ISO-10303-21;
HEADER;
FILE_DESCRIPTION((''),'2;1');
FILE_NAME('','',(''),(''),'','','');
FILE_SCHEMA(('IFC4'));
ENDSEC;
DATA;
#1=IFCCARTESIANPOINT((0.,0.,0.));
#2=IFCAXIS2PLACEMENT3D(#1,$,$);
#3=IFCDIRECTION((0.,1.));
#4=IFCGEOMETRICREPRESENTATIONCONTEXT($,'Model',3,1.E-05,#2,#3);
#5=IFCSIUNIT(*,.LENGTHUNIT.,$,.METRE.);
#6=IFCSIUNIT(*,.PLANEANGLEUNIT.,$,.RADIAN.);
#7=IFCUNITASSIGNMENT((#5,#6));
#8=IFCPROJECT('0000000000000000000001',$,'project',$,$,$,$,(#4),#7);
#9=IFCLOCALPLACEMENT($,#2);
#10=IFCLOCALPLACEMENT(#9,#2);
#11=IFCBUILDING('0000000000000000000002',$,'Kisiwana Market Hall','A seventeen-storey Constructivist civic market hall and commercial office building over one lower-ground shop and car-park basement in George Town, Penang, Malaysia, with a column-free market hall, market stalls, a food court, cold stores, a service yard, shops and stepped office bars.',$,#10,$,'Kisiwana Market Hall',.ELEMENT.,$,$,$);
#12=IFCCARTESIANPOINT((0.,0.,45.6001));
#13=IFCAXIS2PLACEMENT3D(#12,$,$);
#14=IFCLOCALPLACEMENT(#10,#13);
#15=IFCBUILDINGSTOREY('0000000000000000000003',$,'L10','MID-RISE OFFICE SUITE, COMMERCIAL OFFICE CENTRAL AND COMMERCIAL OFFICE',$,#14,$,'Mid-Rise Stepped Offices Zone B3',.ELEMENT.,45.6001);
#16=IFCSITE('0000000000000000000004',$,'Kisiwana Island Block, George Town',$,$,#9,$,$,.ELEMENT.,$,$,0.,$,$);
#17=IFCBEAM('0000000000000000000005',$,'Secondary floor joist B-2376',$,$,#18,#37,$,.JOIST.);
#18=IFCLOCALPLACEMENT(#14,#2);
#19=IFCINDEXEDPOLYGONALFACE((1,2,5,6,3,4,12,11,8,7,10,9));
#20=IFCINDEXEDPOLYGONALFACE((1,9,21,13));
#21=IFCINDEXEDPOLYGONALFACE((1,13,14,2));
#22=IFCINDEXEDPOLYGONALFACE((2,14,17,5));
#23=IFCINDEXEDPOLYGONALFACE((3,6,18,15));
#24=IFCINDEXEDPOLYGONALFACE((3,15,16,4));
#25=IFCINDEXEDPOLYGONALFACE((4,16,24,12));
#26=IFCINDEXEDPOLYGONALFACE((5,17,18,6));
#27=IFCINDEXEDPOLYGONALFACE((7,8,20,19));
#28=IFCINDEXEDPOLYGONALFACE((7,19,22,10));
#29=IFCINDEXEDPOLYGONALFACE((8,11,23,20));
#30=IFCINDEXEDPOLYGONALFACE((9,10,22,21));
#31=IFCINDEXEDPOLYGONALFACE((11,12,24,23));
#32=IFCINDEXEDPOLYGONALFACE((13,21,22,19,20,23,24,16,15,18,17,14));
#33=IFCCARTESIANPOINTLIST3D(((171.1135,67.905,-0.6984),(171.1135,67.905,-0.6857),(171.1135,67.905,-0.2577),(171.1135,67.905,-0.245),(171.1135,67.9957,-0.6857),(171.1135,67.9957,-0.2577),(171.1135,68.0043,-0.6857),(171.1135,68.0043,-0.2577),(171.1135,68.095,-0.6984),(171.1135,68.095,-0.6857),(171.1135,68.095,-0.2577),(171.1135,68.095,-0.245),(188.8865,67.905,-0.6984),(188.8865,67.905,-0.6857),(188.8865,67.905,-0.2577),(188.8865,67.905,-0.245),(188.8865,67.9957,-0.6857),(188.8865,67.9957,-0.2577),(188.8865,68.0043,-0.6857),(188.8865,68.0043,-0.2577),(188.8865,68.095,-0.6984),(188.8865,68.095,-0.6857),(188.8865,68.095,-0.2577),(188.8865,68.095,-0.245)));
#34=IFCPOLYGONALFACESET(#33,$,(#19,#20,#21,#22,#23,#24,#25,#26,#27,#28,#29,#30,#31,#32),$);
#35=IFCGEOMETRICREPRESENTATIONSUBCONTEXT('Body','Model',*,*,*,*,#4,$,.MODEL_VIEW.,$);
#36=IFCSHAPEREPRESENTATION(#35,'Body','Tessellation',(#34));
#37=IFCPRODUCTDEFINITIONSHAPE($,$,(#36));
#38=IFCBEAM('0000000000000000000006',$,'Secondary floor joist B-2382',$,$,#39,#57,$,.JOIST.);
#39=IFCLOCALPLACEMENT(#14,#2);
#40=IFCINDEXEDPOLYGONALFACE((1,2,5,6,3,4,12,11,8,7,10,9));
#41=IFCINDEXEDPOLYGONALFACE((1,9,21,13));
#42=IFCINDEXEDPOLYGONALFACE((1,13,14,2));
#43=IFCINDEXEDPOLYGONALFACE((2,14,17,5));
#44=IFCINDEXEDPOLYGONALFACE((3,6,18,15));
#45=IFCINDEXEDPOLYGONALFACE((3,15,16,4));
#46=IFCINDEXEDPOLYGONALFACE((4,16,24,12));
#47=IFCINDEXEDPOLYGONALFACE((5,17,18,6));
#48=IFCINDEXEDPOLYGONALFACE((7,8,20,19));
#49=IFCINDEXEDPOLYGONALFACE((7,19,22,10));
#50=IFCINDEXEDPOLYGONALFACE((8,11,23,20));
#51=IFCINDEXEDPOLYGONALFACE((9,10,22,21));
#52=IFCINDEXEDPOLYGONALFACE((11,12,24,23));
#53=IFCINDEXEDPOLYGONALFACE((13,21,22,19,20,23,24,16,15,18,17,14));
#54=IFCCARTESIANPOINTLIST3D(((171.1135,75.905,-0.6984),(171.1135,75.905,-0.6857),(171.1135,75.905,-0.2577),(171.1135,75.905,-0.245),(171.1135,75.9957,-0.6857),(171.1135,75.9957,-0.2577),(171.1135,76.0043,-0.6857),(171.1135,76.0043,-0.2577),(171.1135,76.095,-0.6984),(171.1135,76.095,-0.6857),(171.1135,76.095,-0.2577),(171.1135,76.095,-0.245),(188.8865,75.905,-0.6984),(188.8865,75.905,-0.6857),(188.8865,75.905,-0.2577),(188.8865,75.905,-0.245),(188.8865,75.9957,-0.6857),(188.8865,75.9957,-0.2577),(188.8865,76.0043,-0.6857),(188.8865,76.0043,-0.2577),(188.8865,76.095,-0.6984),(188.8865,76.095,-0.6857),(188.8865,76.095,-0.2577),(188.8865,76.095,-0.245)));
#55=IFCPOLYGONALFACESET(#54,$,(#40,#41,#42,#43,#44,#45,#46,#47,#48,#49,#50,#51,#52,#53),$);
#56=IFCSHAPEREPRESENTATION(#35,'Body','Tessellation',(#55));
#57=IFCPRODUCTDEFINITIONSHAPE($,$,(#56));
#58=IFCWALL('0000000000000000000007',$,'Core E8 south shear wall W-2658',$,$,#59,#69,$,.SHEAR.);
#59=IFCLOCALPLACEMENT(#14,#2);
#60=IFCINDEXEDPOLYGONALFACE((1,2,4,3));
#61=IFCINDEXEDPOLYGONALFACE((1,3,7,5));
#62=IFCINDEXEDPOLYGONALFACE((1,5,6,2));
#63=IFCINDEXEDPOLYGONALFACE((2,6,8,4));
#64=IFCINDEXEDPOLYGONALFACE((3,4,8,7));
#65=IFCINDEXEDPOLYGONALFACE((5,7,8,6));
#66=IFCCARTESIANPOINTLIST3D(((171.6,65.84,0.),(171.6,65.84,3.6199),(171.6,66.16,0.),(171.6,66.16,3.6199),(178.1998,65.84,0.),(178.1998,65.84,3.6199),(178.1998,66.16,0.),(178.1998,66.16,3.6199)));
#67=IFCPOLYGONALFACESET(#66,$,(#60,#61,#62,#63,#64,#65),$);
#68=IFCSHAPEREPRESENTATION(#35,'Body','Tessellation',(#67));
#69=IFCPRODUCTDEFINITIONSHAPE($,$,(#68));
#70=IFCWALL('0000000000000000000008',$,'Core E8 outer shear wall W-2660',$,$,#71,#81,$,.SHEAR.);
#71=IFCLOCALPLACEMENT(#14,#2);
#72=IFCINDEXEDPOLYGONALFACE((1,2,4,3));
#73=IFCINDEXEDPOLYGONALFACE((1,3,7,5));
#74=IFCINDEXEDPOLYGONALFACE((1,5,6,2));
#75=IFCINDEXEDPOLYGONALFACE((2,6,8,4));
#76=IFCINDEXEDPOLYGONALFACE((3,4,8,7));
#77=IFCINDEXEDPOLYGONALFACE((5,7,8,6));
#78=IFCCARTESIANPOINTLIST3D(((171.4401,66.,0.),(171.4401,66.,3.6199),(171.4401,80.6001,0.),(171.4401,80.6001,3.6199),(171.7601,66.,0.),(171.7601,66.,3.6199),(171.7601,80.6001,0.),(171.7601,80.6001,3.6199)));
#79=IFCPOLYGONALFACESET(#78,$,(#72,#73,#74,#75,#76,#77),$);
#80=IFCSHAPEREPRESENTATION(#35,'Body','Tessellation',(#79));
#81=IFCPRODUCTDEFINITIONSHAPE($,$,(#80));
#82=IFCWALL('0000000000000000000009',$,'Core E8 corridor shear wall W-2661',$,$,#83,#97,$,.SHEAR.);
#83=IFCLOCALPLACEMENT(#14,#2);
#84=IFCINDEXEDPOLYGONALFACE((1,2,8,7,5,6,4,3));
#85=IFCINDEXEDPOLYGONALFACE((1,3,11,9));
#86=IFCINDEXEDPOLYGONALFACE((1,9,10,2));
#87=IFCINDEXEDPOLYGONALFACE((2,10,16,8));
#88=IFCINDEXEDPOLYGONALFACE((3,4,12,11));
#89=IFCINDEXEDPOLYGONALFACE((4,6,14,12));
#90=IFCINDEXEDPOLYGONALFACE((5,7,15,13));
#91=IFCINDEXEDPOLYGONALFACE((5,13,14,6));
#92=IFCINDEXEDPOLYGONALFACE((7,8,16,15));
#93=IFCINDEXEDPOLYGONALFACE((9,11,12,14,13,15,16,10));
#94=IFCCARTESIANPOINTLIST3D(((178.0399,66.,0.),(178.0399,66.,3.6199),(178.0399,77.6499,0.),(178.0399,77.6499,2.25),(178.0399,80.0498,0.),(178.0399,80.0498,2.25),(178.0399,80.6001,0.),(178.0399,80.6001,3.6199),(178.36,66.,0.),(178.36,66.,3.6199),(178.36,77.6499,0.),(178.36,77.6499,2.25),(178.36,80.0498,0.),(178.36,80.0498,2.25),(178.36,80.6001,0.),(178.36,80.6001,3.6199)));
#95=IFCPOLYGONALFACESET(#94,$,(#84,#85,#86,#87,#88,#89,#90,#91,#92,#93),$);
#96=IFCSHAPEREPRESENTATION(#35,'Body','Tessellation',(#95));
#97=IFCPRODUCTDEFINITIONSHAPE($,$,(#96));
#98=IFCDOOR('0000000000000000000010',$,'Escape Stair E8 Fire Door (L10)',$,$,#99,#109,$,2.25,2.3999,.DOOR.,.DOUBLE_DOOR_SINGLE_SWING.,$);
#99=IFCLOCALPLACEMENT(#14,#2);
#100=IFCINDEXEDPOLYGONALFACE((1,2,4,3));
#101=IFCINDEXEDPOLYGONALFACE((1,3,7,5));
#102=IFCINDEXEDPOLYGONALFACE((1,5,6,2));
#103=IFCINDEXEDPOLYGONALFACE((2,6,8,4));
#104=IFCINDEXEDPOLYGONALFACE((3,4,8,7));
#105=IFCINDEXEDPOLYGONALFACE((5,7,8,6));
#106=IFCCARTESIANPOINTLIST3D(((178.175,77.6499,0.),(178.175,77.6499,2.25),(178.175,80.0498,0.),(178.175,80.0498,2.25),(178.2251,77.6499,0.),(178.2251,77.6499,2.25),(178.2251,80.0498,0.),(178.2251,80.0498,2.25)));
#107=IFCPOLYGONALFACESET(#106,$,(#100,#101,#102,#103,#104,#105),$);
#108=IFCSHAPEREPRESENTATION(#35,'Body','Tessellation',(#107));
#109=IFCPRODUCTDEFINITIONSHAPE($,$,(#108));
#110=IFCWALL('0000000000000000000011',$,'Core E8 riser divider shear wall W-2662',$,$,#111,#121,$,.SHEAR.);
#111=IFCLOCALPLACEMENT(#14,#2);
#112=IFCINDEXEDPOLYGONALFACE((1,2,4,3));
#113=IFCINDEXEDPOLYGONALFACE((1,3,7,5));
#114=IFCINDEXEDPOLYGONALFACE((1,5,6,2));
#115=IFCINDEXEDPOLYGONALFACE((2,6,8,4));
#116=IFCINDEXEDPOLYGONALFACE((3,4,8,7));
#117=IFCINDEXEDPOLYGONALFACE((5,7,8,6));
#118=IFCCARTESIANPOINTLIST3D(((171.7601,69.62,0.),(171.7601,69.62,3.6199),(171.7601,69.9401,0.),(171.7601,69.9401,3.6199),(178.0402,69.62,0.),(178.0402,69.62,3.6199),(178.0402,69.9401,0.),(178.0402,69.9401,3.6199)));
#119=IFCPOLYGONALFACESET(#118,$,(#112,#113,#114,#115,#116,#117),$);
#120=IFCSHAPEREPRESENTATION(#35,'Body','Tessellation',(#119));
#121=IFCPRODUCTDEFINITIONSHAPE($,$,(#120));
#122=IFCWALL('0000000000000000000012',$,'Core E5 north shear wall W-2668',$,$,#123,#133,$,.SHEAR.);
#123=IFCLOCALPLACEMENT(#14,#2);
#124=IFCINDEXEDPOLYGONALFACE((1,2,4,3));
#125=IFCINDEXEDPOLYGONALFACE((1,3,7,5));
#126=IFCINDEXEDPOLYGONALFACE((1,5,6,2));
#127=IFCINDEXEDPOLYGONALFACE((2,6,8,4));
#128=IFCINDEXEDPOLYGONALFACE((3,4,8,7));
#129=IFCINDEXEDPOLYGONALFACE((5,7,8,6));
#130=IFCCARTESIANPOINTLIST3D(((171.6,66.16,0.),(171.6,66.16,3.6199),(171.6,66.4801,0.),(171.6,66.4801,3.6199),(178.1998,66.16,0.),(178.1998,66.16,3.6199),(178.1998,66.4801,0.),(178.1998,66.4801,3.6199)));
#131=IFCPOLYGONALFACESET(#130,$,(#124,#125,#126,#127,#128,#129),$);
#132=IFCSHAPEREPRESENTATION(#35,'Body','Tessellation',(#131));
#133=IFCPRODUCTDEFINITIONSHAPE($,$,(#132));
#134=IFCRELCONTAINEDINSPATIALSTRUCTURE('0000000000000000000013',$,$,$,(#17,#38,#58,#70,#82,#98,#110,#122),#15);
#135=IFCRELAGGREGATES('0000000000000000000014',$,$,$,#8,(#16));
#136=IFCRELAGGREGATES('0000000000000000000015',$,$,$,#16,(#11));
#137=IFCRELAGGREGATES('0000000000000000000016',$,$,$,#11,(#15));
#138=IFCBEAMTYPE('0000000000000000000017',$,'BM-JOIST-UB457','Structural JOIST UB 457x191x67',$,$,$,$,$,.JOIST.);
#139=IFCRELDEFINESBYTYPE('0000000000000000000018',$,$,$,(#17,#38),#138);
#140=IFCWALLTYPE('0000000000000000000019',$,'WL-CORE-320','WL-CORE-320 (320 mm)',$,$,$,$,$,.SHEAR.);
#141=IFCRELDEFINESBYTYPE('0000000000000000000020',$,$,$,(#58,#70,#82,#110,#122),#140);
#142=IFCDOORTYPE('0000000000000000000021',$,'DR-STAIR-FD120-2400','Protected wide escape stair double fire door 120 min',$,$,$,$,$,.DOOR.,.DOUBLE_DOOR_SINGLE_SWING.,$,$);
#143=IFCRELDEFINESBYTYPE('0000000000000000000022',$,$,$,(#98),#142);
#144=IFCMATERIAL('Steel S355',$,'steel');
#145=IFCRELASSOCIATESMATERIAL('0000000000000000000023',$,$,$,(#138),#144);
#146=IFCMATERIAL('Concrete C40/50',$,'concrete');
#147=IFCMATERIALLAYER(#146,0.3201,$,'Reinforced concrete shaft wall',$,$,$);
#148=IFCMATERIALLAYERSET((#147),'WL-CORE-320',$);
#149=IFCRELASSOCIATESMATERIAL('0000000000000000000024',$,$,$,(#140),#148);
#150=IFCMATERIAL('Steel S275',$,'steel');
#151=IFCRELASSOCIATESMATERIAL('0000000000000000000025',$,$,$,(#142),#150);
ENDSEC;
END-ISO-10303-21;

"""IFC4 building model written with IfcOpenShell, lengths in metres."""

from ifc_helpers import new_model, si_unit, direction, frame, frame_2d, origin, origin_2d, place, context, subcontext, project, spatial, rectangle, i_section, extrude, material, layer, layer_set, material_profile, profile_set, type_object, element, fill, save


model = new_model("IFC4")

# Units and contexts
model_context = context("Model", 3, precision=1e-05, world=origin(), true_north=direction((0.0, 1.0)))
body_context = subcontext(model_context, "Body", "Model", "MODEL_VIEW")
ifc_project = project(units=[si_unit("LENGTHUNIT", "METRE"), si_unit("PLANEANGLEUNIT", "RADIAN")], contexts=[model_context])

# Site, building, storey
site_placement = place(None, origin())
site = spatial("IfcSite", under=ifc_project, at=site_placement, Name="Kisiwana Island Block, George Town", CompositionType="ELEMENT", RefElevation=0.0)
building_placement = place(site_placement, origin())
building = spatial("IfcBuilding", under=site, at=building_placement, Name="Kisiwana Market Hall", Description="A seventeen-storey Constructivist civic market hall and commercial office building over one lower-ground shop and car-park basement in George Town, Penang, Malaysia, with a column-free market hall, market stalls, a food court, cold stores, a service yard, shops and stepped office bars.", LongName="Kisiwana Market Hall", CompositionType="ELEMENT")
storey_placement = place(building_placement, frame((0.0, 0.0, 45.6001)))
storey = spatial("IfcBuildingStorey", under=building, at=storey_placement, Name="L10", Description="MID-RISE OFFICE SUITE, COMMERCIAL OFFICE CENTRAL AND COMMERCIAL OFFICE", LongName="Mid-Rise Stepped Offices Zone B3", CompositionType="ELEMENT", Elevation=45.6001)

# Beams
ifc_material_1 = material(Name="Steel S355", Category="steel")
ifc_material_profile = material_profile(ifc_material_1, i_section(OverallWidth=0.1899, OverallDepth=0.4534, WebThickness=0.0085, FlangeThickness=0.0127, at=origin_2d()), Name="UB 457x191x67")
ifc_profile_set = profile_set([ifc_material_profile], Name="Steel S355")
beam_type = type_object("IfcBeamType", Name="BM-JOIST-UB457", Description="Structural JOIST UB 457x191x67", PredefinedType="JOIST", material=ifc_profile_set)
for number, where, z_axis, x_axis, name in (
    (1, (171.1135, 68.0, -0.4717), (1.0, 0.0, 0.0), (0.0, 1.0, 0.0), "Secondary floor joist B-2376"),
    (2, (171.1135, 76.0, -0.4717), (1.0, 0.0, 0.0), (0.0, 1.0, 0.0), "Secondary floor joist B-2382"),
):
    element("IfcBeam", number, at=place(storey_placement, frame(where, z_axis=z_axis, x_axis=x_axis)), inside=storey, type_object=beam_type, Name=name, PredefinedType="JOIST", context=body_context, shape_type="SweptSolid", body=[
        extrude(i_section(OverallWidth=0.1899, OverallDepth=0.4534, WebThickness=0.0085, FlangeThickness=0.0127, at=origin_2d()), origin(), (0.0, 0.0, 1.0), 17.7729),
    ])

# Walls
ifc_material_2 = material(Name="Concrete C40/50", Category="concrete")
ifc_layer = layer(ifc_material_2, 0.3201, Name="Reinforced concrete shaft wall")
ifc_layer_set = layer_set([ifc_layer], Name="WL-CORE-320")
wall_type = type_object("IfcWallType", Name="WL-CORE-320", Description="WL-CORE-320 (320 mm)", PredefinedType="SHEAR", material=ifc_layer_set)
wall_1_placement = place(storey_placement, frame((171.6001, 66.0, 0.0), z_axis=(0.0, 0.0, 1.0), x_axis=(1.0, 0.0, 0.0)))
element("IfcWall", 3, at=wall_1_placement, inside=storey, type_object=wall_type, Name="Core E8 south shear wall W-2658", PredefinedType="SHEAR", context=body_context, shape_type="SweptSolid", body=[
    extrude(rectangle(XDim=6.5999, YDim=0.3201, at=frame_2d((3.2998, 0.0))), origin(), (0.0, 0.0, 1.0), 3.6199),
])
wall_2_placement = place(storey_placement, frame((171.6001, 66.0, 0.0), z_axis=(0.0, 0.0, 1.0), x_axis=(0.0, 1.0, 0.0)))
element("IfcWall", 4, at=wall_2_placement, inside=storey, type_object=wall_type, Name="Core E8 outer shear wall W-2660", PredefinedType="SHEAR", context=body_context, shape_type="SweptSolid", body=[
    extrude(rectangle(XDim=14.6001, YDim=0.3201, at=frame_2d((7.3, 0.0))), origin(), (0.0, 0.0, 1.0), 3.6199),
])

# Wall, opening, door
wall_3_placement = place(storey_placement, frame((178.2, 66.0, 0.0), z_axis=(0.0, 0.0, 1.0), x_axis=(0.0, 1.0, 0.0)))
wall_3 = element("IfcWall", 5, at=wall_3_placement, inside=storey, type_object=wall_type, Name="Core E8 corridor shear wall W-2661", PredefinedType="SHEAR", context=body_context, shape_type="SweptSolid", body=[
    extrude(rectangle(XDim=14.6001, YDim=0.3201, at=frame_2d((7.3, 0.0))), origin(), (0.0, 0.0, 1.0), 3.6199),
])
opening_placement = place(wall_3_placement, frame((11.6499, 0.0, 0.0)))
opening = element("IfcOpeningElement", 6, at=opening_placement, cuts=wall_3, PredefinedType="OPENING", context=body_context, shape_type="SweptSolid", body=[
    extrude(rectangle(XDim=2.3999, YDim=2.25, at=frame_2d((1.2, 1.125))), frame((0.0, 0.1719, 0.0), z_axis=(0.0, -1.0, 0.0), x_axis=(1.0, 0.0, 0.0)), (0.0, 0.0, 1.0), 0.344),
])
ifc_material_3 = material(Name="Steel S275", Category="steel")
door_type = type_object("IfcDoorType", Name="DR-STAIR-FD120-2400", Description="Protected wide escape stair double fire door 120 min", OperationType="DOUBLE_DOOR_SINGLE_SWING", PredefinedType="DOOR", material=ifc_material_3)
door_placement = place(opening_placement, origin())
door = element("IfcDoor", 7, at=door_placement, inside=storey, type_object=door_type, Name="Escape Stair E8 Fire Door (L10)", OperationType="DOUBLE_DOOR_SINGLE_SWING", OverallHeight=2.25, OverallWidth=2.3999, PredefinedType="DOOR", context=body_context, shape_type="SweptSolid", body=[
    extrude(rectangle(XDim=2.3999, YDim=2.25, at=frame_2d((1.2, 1.125))), frame((0.0, 0.0249, 0.0), z_axis=(0.0, -1.0, 0.0), x_axis=(1.0, 0.0, 0.0)), (0.0, 0.0, 1.0), 0.05),
])
fill(opening, door)

# Walls
wall_4_placement = place(storey_placement, frame((171.76, 69.78, 0.0), z_axis=(0.0, 0.0, 1.0), x_axis=(1.0, 0.0, 0.0)))
element("IfcWall", 8, at=wall_4_placement, inside=storey, type_object=wall_type, Name="Core E8 riser divider shear wall W-2662", PredefinedType="SHEAR", context=body_context, shape_type="SweptSolid", body=[
    extrude(rectangle(XDim=6.28, YDim=0.3201, at=frame_2d((3.1401, 0.0))), origin(), (0.0, 0.0, 1.0), 3.6199),
])
wall_5_placement = place(storey_placement, frame((171.6001, 66.3201, 0.0), z_axis=(0.0, 0.0, 1.0), x_axis=(1.0, 0.0, 0.0)))
element("IfcWall", 9, at=wall_5_placement, inside=storey, type_object=wall_type, Name="Core E5 north shear wall W-2668", PredefinedType="SHEAR", context=body_context, shape_type="SweptSolid", body=[
    extrude(rectangle(XDim=6.5999, YDim=0.3201, at=frame_2d((3.2998, 0.0))), origin(), (0.0, 0.0, 1.0), 3.6199),
])

save(model, "model.ifc")
